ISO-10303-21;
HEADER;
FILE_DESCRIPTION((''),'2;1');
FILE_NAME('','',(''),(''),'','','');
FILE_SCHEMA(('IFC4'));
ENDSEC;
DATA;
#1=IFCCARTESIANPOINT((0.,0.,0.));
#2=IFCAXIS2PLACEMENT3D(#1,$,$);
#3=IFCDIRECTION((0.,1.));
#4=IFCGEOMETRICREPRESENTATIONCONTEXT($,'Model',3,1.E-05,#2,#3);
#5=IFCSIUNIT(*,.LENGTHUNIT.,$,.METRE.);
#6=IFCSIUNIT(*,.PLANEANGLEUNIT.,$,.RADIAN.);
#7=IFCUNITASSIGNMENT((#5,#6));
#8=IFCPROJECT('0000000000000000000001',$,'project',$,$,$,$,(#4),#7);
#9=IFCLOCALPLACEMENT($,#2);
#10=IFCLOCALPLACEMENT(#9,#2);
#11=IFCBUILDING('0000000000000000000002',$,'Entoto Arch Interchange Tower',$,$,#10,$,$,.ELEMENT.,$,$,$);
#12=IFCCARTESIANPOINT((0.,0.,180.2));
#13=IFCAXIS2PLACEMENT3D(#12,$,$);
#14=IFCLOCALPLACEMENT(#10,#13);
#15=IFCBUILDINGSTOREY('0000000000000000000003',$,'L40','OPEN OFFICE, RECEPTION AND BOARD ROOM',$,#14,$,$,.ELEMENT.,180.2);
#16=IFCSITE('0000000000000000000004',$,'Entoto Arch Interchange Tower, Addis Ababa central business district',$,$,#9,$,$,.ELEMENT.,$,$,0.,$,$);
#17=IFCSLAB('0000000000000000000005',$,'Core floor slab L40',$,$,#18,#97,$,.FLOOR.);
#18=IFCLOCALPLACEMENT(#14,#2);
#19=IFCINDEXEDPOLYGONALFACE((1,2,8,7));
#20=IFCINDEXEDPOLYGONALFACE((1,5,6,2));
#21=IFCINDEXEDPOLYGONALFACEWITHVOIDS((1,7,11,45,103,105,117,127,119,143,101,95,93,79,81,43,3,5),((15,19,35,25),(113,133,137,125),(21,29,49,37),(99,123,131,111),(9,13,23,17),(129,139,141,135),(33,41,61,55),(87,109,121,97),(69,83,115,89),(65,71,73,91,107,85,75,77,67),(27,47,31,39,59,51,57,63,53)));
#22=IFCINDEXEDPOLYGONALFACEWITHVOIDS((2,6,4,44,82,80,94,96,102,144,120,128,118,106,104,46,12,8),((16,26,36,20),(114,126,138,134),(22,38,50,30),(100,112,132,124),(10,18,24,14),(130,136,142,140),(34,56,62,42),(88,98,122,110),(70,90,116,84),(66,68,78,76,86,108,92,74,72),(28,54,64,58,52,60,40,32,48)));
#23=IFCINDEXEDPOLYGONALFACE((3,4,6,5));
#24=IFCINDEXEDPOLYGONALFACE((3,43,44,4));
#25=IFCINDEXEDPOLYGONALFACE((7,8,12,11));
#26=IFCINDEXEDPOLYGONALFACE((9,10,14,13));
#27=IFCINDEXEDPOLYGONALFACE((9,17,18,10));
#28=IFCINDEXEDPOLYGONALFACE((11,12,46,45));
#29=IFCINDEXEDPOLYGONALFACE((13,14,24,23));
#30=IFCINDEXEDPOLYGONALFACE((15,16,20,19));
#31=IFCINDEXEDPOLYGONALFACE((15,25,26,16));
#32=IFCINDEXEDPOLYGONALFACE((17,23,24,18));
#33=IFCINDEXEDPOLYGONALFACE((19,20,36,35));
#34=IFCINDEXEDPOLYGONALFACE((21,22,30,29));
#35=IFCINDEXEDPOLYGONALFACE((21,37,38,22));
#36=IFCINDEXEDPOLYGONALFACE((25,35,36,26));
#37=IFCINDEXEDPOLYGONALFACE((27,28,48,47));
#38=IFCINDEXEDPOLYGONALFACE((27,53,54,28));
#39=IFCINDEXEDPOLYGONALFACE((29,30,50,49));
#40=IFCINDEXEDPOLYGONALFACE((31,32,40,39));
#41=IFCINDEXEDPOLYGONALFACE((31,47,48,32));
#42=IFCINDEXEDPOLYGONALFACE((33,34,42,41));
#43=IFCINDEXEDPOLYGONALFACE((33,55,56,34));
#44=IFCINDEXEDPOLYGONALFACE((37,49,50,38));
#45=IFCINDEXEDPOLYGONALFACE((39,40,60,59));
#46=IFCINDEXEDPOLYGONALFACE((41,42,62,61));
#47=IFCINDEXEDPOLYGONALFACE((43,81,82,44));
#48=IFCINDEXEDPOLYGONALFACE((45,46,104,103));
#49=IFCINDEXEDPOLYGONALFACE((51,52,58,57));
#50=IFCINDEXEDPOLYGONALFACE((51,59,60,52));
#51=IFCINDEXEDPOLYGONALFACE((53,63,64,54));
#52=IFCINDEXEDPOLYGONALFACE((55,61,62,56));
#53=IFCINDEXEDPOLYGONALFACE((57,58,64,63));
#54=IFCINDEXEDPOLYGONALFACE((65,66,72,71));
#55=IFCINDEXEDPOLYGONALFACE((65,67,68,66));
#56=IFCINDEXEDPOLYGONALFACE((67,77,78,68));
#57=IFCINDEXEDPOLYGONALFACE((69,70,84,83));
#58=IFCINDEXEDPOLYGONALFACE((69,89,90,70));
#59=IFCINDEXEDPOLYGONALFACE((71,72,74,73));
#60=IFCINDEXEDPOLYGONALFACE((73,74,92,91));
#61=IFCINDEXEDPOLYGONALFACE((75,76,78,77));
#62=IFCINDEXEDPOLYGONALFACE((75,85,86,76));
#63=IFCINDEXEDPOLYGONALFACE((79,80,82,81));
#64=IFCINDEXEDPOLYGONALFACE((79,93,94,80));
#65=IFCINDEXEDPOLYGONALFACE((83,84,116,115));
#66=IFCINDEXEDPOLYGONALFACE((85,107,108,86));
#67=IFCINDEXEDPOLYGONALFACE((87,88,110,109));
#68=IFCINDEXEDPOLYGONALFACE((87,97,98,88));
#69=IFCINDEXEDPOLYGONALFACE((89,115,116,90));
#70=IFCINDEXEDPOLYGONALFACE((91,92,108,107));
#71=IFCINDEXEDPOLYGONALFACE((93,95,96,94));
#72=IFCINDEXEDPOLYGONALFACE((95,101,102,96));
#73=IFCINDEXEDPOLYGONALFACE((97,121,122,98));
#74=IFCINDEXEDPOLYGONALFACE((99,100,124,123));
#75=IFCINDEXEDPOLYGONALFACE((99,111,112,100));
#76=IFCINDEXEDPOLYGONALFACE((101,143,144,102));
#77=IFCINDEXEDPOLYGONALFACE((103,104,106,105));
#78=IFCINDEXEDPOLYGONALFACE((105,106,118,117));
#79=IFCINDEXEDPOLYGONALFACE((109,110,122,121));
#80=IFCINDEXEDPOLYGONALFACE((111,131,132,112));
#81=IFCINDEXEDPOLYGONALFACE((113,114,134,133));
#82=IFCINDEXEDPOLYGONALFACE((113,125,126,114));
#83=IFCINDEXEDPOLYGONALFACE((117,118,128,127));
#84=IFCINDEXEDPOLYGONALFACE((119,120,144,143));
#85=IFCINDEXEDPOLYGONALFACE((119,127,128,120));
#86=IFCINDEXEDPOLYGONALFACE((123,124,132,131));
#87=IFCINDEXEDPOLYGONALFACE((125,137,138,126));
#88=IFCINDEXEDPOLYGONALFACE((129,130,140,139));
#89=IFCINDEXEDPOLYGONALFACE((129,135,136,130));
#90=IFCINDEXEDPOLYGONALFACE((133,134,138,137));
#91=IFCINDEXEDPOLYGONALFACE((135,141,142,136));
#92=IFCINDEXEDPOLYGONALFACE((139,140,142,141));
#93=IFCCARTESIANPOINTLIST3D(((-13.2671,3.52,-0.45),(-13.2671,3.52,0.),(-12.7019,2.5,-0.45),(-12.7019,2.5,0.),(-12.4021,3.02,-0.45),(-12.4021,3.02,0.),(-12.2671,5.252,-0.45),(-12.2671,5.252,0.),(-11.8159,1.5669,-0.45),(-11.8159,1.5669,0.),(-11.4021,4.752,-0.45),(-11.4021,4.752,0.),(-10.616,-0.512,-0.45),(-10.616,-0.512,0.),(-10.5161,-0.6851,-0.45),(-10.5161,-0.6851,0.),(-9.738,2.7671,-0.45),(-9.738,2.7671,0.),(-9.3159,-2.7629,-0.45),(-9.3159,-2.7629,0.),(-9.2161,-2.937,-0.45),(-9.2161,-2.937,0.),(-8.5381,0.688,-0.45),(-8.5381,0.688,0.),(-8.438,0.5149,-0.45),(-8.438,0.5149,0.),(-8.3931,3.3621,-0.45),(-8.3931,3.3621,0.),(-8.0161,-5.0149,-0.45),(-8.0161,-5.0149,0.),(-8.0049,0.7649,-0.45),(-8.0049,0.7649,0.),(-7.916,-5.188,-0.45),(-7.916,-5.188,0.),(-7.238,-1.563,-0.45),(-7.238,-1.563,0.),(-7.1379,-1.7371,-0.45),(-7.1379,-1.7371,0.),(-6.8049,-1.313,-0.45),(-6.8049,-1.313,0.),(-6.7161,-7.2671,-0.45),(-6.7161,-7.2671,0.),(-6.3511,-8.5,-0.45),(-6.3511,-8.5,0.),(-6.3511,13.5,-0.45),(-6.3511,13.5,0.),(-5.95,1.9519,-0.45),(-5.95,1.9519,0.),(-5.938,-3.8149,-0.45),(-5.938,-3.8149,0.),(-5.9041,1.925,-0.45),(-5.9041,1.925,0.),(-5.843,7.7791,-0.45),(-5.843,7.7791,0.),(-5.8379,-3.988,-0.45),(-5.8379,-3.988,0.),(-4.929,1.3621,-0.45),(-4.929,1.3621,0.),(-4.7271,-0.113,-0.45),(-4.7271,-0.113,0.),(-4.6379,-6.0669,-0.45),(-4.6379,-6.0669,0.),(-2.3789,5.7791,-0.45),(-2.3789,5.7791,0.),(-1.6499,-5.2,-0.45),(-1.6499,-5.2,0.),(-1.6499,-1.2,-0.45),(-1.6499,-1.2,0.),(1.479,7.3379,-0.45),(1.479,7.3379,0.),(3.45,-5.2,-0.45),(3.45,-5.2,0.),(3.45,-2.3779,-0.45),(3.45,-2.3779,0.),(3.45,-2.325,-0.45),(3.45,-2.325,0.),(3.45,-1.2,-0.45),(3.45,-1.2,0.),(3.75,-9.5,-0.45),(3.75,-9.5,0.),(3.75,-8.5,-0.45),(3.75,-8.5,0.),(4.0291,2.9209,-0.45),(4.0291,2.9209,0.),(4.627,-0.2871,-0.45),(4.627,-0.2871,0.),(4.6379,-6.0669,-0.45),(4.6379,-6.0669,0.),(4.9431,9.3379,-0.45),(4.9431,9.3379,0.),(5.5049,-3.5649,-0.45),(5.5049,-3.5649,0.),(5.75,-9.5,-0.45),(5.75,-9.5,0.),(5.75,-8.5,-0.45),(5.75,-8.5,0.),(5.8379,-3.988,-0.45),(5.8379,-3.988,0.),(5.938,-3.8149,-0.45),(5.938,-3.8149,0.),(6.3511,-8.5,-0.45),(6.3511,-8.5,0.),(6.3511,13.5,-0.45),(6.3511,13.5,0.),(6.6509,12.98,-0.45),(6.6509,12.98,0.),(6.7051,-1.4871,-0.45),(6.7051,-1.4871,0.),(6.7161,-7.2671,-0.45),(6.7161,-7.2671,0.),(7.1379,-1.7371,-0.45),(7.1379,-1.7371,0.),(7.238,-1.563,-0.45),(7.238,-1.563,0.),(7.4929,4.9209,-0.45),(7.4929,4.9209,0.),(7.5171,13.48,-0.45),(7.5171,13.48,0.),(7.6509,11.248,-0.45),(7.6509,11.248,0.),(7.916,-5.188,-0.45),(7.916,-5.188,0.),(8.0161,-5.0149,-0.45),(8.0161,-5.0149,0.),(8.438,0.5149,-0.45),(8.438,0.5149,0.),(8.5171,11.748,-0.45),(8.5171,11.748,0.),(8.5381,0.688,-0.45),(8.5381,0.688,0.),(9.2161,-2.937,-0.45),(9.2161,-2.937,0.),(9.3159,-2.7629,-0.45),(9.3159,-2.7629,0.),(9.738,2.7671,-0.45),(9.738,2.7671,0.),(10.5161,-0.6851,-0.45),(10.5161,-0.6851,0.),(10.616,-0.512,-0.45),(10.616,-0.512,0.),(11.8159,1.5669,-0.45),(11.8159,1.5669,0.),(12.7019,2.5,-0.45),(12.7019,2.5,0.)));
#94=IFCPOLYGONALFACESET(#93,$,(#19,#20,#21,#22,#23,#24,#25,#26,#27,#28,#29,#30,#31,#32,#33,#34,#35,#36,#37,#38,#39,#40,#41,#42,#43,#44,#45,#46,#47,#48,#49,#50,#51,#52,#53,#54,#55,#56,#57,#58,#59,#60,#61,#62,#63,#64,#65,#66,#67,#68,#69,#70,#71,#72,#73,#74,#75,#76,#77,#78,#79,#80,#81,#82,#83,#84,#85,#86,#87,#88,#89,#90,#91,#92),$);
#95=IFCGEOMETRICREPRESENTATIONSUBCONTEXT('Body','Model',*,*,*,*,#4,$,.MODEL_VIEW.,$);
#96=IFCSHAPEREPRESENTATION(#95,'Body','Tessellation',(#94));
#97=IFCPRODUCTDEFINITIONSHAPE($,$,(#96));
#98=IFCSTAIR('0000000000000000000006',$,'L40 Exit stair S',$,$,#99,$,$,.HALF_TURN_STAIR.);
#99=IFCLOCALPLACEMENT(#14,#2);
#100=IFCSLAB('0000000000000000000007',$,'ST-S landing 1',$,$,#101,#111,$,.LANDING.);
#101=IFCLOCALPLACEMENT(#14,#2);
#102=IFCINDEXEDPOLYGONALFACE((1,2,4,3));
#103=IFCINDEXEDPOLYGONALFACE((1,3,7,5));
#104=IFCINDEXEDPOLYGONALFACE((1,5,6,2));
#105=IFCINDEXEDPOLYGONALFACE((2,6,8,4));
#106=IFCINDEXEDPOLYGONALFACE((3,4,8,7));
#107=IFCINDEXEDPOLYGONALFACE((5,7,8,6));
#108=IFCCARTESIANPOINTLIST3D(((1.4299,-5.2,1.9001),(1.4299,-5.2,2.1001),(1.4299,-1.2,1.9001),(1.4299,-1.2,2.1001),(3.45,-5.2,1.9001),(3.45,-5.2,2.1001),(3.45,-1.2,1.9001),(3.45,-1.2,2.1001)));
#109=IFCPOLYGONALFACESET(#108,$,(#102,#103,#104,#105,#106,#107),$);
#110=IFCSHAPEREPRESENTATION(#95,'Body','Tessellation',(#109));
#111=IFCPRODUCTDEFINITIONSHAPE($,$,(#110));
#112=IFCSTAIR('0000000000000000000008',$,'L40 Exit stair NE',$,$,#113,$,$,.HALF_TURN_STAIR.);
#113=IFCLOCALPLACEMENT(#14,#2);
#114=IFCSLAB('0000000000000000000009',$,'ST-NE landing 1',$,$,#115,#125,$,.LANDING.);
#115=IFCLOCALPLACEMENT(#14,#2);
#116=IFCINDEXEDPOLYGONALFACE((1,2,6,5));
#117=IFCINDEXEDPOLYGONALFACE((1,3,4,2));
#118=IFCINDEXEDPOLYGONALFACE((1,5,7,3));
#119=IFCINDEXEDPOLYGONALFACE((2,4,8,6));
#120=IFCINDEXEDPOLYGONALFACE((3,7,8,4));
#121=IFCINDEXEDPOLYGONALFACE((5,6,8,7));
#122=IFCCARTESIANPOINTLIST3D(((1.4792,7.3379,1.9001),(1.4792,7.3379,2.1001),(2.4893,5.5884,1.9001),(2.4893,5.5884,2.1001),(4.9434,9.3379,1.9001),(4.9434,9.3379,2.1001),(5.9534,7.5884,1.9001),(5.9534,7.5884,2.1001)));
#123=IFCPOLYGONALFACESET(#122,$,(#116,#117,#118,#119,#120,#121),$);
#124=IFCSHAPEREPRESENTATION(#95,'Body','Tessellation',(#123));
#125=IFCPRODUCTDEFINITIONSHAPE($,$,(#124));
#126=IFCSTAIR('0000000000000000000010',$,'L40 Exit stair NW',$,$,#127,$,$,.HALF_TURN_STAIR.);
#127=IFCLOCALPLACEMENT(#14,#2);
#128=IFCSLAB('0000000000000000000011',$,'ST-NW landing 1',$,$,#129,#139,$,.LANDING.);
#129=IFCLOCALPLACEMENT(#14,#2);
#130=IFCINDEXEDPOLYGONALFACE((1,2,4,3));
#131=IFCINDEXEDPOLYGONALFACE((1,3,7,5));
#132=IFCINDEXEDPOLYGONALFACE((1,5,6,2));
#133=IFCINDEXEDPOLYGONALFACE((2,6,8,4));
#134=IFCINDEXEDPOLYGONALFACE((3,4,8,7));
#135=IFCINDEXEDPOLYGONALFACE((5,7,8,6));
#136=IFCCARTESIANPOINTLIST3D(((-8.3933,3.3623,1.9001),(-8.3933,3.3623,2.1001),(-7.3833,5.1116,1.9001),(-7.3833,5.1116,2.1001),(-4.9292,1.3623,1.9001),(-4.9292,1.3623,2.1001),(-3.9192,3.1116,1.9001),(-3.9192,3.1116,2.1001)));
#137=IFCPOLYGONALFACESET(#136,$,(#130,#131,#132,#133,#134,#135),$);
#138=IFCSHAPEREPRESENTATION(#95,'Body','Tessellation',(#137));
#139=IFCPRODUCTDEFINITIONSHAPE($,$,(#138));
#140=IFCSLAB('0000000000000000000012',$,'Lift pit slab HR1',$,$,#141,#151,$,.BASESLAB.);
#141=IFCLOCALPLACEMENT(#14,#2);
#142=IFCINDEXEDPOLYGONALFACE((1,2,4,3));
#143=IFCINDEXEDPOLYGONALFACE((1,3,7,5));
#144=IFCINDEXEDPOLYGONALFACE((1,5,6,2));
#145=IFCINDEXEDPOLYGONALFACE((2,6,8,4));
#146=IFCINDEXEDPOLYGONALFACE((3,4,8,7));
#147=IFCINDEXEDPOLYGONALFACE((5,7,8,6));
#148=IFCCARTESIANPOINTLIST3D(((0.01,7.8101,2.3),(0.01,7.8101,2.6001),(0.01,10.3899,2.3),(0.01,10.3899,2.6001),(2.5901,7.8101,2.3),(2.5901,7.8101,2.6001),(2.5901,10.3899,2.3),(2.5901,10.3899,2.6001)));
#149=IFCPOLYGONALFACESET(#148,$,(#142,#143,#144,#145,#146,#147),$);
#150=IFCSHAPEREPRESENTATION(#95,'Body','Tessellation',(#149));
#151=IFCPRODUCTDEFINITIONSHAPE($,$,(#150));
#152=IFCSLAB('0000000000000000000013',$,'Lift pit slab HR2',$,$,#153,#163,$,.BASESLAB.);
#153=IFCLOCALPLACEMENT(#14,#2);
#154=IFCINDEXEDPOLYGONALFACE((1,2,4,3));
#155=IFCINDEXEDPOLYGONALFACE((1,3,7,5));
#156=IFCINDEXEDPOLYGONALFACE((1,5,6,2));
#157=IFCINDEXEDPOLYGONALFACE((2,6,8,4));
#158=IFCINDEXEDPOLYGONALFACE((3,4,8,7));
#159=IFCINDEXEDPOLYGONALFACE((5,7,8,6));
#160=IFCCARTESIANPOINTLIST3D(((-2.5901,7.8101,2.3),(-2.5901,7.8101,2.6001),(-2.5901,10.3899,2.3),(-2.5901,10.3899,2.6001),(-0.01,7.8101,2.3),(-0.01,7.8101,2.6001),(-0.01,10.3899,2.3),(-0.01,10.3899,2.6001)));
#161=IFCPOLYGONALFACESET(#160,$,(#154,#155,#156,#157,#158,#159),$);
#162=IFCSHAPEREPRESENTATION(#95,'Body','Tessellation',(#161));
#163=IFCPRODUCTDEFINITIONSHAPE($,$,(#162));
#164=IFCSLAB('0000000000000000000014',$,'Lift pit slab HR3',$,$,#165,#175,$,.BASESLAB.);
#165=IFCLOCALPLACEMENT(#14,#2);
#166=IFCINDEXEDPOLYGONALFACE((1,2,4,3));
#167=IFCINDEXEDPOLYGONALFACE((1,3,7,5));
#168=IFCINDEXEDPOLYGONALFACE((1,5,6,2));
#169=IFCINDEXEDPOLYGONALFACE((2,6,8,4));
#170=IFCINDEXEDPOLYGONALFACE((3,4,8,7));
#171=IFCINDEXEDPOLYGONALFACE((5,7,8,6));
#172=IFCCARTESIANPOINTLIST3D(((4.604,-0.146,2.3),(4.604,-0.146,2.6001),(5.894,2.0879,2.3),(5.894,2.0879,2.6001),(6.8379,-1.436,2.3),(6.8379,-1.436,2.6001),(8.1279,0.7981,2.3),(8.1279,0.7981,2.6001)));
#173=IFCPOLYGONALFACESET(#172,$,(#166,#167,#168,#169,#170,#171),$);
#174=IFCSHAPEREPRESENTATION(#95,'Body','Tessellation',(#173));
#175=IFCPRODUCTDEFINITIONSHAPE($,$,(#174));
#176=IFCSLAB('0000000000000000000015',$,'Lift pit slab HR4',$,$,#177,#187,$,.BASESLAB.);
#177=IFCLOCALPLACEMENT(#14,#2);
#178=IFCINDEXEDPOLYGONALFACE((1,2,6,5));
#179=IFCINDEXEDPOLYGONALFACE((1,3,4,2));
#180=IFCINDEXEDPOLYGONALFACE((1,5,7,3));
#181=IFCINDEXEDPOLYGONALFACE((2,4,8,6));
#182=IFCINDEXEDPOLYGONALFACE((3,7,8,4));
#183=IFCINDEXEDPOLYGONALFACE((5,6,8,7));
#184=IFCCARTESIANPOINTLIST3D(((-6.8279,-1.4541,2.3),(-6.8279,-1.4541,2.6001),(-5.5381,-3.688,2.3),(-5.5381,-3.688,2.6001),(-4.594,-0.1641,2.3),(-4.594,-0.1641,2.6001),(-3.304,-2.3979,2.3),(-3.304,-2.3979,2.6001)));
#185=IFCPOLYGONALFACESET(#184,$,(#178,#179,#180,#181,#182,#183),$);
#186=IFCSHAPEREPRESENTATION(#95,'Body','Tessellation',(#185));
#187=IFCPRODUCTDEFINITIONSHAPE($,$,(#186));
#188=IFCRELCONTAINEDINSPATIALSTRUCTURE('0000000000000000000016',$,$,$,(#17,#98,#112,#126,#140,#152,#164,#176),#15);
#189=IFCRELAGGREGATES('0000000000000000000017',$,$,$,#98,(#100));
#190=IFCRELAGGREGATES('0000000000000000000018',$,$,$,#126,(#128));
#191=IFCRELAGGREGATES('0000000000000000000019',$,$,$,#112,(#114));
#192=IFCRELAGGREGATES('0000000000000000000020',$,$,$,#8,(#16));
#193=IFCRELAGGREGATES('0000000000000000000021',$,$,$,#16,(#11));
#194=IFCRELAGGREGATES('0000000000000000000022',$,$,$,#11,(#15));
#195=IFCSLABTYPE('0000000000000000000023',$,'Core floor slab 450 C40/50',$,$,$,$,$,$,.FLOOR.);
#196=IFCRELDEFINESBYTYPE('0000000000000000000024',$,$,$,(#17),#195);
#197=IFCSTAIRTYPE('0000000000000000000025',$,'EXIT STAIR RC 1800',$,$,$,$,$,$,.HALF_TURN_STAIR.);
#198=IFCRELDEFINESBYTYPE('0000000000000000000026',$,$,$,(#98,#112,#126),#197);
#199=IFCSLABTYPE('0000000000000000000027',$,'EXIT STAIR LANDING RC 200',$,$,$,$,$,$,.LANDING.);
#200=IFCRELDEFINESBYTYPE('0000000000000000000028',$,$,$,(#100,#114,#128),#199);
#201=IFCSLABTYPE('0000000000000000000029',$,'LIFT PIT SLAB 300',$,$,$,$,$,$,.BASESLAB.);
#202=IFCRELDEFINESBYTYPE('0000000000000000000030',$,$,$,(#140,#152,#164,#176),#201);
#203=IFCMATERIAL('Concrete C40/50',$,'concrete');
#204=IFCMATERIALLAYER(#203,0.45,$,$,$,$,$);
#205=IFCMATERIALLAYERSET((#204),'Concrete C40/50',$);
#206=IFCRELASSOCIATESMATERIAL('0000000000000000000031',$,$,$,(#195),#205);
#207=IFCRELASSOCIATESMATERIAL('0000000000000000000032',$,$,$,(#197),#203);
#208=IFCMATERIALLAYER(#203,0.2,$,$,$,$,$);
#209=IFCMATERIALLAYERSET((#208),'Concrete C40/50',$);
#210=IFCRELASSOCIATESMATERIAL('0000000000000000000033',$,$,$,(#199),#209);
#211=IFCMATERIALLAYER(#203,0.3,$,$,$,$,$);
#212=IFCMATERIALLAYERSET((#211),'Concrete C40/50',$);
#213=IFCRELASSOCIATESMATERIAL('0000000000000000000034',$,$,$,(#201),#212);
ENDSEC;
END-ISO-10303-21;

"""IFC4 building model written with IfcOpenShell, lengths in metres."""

from ifc_helpers import new_model, si_unit, direction, frame, origin, place, context, subcontext, project, spatial, polyline, outline, extrude, material, layer, layer_set, type_object, element, aggregate, save


model = new_model("IFC4")

# Units and contexts
model_context = context("Model", 3, precision=1e-05, world=origin(), true_north=direction((0.0, 1.0)))
body_context = subcontext(model_context, "Body", "Model", "MODEL_VIEW")
ifc_project = project(units=[si_unit("LENGTHUNIT", "METRE"), si_unit("PLANEANGLEUNIT", "RADIAN")], contexts=[model_context])

# Site, building, storey
site_placement = place(None, origin())
site = spatial("IfcSite", under=ifc_project, at=site_placement, Name="Entoto Arch Interchange Tower, Addis Ababa central business district", CompositionType="ELEMENT", RefElevation=0.0)
building_placement = place(site_placement, origin())
building = spatial("IfcBuilding", under=site, at=building_placement, Name="Entoto Arch Interchange Tower", CompositionType="ELEMENT")
storey_placement = place(building_placement, frame((0.0, 0.0, 180.2)))
storey = spatial("IfcBuildingStorey", under=building, at=storey_placement, Name="L40", Description="OPEN OFFICE, RECEPTION AND BOARD ROOM", CompositionType="ELEMENT", Elevation=180.2)

# Slab
ifc_material_1 = material(Name="Concrete C40/50", Category="concrete")
ifc_layer_1 = layer(ifc_material_1, 0.45)
ifc_layer_set_1 = layer_set([ifc_layer_1], Name="Concrete C40/50")
slab_type_1 = type_object("IfcSlabType", Name="Core floor slab 450 C40/50", PredefinedType="FLOOR", material=ifc_layer_set_1)
slab_1_placement = place(storey_placement, frame((0.0, 0.0, -0.45)))
element("IfcSlab", 1, at=slab_1_placement, inside=storey, type_object=slab_type_1, Name="Core floor slab L40", PredefinedType="FLOOR", context=body_context, shape_type="SweptSolid", body=[
    extrude(outline(polyline([(5.75, -9.5), (3.75, -9.5), (3.75, -8.5), (-6.3511, -8.5), (-12.7019, 2.5), (-12.4021, 3.02), (-13.2671, 3.52), (-12.2671, 5.252), (-11.4021, 4.752), (-6.3511, 13.5), (6.3511, 13.5), (6.6509, 12.98), (7.5171, 13.48), (8.5171, 11.748), (7.6509, 11.248), (12.7019, 2.5), (6.3511, -8.5), (5.75, -8.5), (5.75, -9.5)]), holes=[polyline([(-5.8379, -3.988), (-7.916, -5.188), (-6.7161, -7.2671), (-4.6379, -6.0669), (-5.8379, -3.988)]), polyline([(-5.938, -3.8149), (-7.1379, -1.7371), (-9.2161, -2.937), (-8.0161, -5.0149), (-5.938, -3.8149)]), polyline([(5.5049, -3.5649), (6.7051, -1.4871), (4.627, -0.2871), (3.45, -2.325), (3.45, -1.2), (-1.6499, -1.2), (-1.6499, -5.2), (3.45, -5.2), (3.45, -2.3779), (5.5049, -3.5649)]), polyline([(-8.438, 0.5149), (-10.5161, -0.6851), (-9.3159, -2.7629), (-7.238, -1.563), (-8.438, 0.5149)]), polyline([(-4.7271, -0.113), (-5.9041, 1.925), (-4.929, 1.3621), (-2.3789, 5.7791), (-5.843, 7.7791), (-8.3931, 3.3621), (-5.95, 1.9519), (-8.0049, 0.7649), (-6.8049, -1.313), (-4.7271, -0.113)]), polyline([(-8.5381, 0.688), (-9.738, 2.7671), (-11.8159, 1.5669), (-10.616, -0.512), (-8.5381, 0.688)]), polyline([(5.8379, -3.988), (4.6379, -6.0669), (6.7161, -7.2671), (7.916, -5.188), (5.8379, -3.988)]), polyline([(7.1379, -1.7371), (5.938, -3.8149), (8.0161, -5.0149), (9.2161, -2.937), (7.1379, -1.7371)]), polyline([(8.438, 0.5149), (7.238, -1.563), (9.3159, -2.7629), (10.5161, -0.6851), (8.438, 0.5149)]), polyline([(9.738, 2.7671), (8.5381, 0.688), (10.616, -0.512), (11.8159, 1.5669), (9.738, 2.7671)]), polyline([(4.0291, 2.9209), (7.4929, 4.9209), (4.9431, 9.3379), (1.479, 7.3379), (4.0291, 2.9209)])]), origin(), (0.0, 0.0, 1.0), 0.45),
])

# Stairs, slabs
stair_type = type_object("IfcStairType", Name="EXIT STAIR RC 1800", PredefinedType="HALF_TURN_STAIR", material=ifc_material_1)
stair_1_placement = place(storey_placement, origin())
stair_1 = element("IfcStair", 2, at=stair_1_placement, inside=storey, type_object=stair_type, Name="L40 Exit stair S", PredefinedType="HALF_TURN_STAIR")
ifc_layer_2 = layer(ifc_material_1, 0.2)
ifc_layer_set_2 = layer_set([ifc_layer_2], Name="Concrete C40/50")
slab_type_2 = type_object("IfcSlabType", Name="EXIT STAIR LANDING RC 200", PredefinedType="LANDING", material=ifc_layer_set_2)
slab_2_placement = place(storey_placement, frame((0.0, 0.0, 1.9001)))
slab_2 = element("IfcSlab", 3, at=slab_2_placement, type_object=slab_type_2, Name="ST-S landing 1", PredefinedType="LANDING", context=body_context, shape_type="SweptSolid", body=[
    extrude(outline(polyline([(1.4299, -5.2), (3.45, -5.2), (3.45, -1.2), (1.4299, -1.2), (1.4299, -5.2)])), origin(), (0.0, 0.0, 1.0), 0.2),
])
aggregate(stair_1, [slab_2])
stair_2_placement = place(storey_placement, origin())
stair_2 = element("IfcStair", 4, at=stair_2_placement, inside=storey, type_object=stair_type, Name="L40 Exit stair NE", PredefinedType="HALF_TURN_STAIR")
slab_3_placement = place(storey_placement, frame((0.0, 0.0, 1.9001)))
slab_3 = element("IfcSlab", 5, at=slab_3_placement, type_object=slab_type_2, Name="ST-NE landing 1", PredefinedType="LANDING", context=body_context, shape_type="SweptSolid", body=[
    extrude(outline(polyline([(5.9534, 7.5884), (4.9434, 9.3379), (1.4792, 7.3379), (2.4893, 5.5884), (5.9534, 7.5884)])), origin(), (0.0, 0.0, 1.0), 0.2),
])
stair_3_placement = place(storey_placement, origin())
stair_3 = element("IfcStair", 6, at=stair_3_placement, inside=storey, type_object=stair_type, Name="L40 Exit stair NW", PredefinedType="HALF_TURN_STAIR")
slab_4_placement = place(storey_placement, frame((0.0, 0.0, 1.9001)))
slab_4 = element("IfcSlab", 7, at=slab_4_placement, type_object=slab_type_2, Name="ST-NW landing 1", PredefinedType="LANDING", context=body_context, shape_type="SweptSolid", body=[
    extrude(outline(polyline([(-7.3833, 5.1116), (-8.3933, 3.3623), (-4.9292, 1.3623), (-3.9192, 3.1116), (-7.3833, 5.1116)])), origin(), (0.0, 0.0, 1.0), 0.2),
])
aggregate(stair_3, [slab_4])

# Slabs
ifc_layer_3 = layer(ifc_material_1, 0.3)
ifc_layer_set_3 = layer_set([ifc_layer_3], Name="Concrete C40/50")
slab_type_3 = type_object("IfcSlabType", Name="LIFT PIT SLAB 300", PredefinedType="BASESLAB", material=ifc_layer_set_3)
slab_5_placement = place(storey_placement, frame((0.0, 0.0, 2.3)))
element("IfcSlab", 8, at=slab_5_placement, inside=storey, type_object=slab_type_3, Name="Lift pit slab HR1", PredefinedType="BASESLAB", context=body_context, shape_type="SweptSolid", body=[
    extrude(outline(polyline([(2.5901, 7.8101), (0.01, 7.8101), (0.01, 10.3899), (2.5901, 10.3899), (2.5901, 7.8101)])), origin(), (0.0, 0.0, 1.0), 0.3),
])
slab_6_placement = place(storey_placement, frame((0.0, 0.0, 2.3)))
element("IfcSlab", 9, at=slab_6_placement, inside=storey, type_object=slab_type_3, Name="Lift pit slab HR2", PredefinedType="BASESLAB", context=body_context, shape_type="SweptSolid", body=[
    extrude(outline(polyline([(-0.01, 7.8101), (-2.5901, 7.8101), (-2.5901, 10.3899), (-0.01, 10.3899), (-0.01, 7.8101)])), origin(), (0.0, 0.0, 1.0), 0.3),
])
slab_7_placement = place(storey_placement, frame((0.0, 0.0, 2.3)))
element("IfcSlab", 10, at=slab_7_placement, inside=storey, type_object=slab_type_3, Name="Lift pit slab HR3", PredefinedType="BASESLAB", context=body_context, shape_type="SweptSolid", body=[
    extrude(outline(polyline([(4.604, -0.146), (5.894, 2.0879), (8.1279, 0.7981), (6.8379, -1.436), (4.604, -0.146)])), origin(), (0.0, 0.0, 1.0), 0.3),
])
slab_8_placement = place(storey_placement, frame((0.0, 0.0, 2.3)))
element("IfcSlab", 11, at=slab_8_placement, inside=storey, type_object=slab_type_3, Name="Lift pit slab HR4", PredefinedType="BASESLAB", context=body_context, shape_type="SweptSolid", body=[
    extrude(outline(polyline([(-4.594, -0.1641), (-3.304, -2.3979), (-5.5381, -3.688), (-6.8279, -1.4541), (-4.594, -0.1641)])), origin(), (0.0, 0.0, 1.0), 0.3),
])

aggregate(stair_2, [slab_3])

save(model, "model.ifc")
